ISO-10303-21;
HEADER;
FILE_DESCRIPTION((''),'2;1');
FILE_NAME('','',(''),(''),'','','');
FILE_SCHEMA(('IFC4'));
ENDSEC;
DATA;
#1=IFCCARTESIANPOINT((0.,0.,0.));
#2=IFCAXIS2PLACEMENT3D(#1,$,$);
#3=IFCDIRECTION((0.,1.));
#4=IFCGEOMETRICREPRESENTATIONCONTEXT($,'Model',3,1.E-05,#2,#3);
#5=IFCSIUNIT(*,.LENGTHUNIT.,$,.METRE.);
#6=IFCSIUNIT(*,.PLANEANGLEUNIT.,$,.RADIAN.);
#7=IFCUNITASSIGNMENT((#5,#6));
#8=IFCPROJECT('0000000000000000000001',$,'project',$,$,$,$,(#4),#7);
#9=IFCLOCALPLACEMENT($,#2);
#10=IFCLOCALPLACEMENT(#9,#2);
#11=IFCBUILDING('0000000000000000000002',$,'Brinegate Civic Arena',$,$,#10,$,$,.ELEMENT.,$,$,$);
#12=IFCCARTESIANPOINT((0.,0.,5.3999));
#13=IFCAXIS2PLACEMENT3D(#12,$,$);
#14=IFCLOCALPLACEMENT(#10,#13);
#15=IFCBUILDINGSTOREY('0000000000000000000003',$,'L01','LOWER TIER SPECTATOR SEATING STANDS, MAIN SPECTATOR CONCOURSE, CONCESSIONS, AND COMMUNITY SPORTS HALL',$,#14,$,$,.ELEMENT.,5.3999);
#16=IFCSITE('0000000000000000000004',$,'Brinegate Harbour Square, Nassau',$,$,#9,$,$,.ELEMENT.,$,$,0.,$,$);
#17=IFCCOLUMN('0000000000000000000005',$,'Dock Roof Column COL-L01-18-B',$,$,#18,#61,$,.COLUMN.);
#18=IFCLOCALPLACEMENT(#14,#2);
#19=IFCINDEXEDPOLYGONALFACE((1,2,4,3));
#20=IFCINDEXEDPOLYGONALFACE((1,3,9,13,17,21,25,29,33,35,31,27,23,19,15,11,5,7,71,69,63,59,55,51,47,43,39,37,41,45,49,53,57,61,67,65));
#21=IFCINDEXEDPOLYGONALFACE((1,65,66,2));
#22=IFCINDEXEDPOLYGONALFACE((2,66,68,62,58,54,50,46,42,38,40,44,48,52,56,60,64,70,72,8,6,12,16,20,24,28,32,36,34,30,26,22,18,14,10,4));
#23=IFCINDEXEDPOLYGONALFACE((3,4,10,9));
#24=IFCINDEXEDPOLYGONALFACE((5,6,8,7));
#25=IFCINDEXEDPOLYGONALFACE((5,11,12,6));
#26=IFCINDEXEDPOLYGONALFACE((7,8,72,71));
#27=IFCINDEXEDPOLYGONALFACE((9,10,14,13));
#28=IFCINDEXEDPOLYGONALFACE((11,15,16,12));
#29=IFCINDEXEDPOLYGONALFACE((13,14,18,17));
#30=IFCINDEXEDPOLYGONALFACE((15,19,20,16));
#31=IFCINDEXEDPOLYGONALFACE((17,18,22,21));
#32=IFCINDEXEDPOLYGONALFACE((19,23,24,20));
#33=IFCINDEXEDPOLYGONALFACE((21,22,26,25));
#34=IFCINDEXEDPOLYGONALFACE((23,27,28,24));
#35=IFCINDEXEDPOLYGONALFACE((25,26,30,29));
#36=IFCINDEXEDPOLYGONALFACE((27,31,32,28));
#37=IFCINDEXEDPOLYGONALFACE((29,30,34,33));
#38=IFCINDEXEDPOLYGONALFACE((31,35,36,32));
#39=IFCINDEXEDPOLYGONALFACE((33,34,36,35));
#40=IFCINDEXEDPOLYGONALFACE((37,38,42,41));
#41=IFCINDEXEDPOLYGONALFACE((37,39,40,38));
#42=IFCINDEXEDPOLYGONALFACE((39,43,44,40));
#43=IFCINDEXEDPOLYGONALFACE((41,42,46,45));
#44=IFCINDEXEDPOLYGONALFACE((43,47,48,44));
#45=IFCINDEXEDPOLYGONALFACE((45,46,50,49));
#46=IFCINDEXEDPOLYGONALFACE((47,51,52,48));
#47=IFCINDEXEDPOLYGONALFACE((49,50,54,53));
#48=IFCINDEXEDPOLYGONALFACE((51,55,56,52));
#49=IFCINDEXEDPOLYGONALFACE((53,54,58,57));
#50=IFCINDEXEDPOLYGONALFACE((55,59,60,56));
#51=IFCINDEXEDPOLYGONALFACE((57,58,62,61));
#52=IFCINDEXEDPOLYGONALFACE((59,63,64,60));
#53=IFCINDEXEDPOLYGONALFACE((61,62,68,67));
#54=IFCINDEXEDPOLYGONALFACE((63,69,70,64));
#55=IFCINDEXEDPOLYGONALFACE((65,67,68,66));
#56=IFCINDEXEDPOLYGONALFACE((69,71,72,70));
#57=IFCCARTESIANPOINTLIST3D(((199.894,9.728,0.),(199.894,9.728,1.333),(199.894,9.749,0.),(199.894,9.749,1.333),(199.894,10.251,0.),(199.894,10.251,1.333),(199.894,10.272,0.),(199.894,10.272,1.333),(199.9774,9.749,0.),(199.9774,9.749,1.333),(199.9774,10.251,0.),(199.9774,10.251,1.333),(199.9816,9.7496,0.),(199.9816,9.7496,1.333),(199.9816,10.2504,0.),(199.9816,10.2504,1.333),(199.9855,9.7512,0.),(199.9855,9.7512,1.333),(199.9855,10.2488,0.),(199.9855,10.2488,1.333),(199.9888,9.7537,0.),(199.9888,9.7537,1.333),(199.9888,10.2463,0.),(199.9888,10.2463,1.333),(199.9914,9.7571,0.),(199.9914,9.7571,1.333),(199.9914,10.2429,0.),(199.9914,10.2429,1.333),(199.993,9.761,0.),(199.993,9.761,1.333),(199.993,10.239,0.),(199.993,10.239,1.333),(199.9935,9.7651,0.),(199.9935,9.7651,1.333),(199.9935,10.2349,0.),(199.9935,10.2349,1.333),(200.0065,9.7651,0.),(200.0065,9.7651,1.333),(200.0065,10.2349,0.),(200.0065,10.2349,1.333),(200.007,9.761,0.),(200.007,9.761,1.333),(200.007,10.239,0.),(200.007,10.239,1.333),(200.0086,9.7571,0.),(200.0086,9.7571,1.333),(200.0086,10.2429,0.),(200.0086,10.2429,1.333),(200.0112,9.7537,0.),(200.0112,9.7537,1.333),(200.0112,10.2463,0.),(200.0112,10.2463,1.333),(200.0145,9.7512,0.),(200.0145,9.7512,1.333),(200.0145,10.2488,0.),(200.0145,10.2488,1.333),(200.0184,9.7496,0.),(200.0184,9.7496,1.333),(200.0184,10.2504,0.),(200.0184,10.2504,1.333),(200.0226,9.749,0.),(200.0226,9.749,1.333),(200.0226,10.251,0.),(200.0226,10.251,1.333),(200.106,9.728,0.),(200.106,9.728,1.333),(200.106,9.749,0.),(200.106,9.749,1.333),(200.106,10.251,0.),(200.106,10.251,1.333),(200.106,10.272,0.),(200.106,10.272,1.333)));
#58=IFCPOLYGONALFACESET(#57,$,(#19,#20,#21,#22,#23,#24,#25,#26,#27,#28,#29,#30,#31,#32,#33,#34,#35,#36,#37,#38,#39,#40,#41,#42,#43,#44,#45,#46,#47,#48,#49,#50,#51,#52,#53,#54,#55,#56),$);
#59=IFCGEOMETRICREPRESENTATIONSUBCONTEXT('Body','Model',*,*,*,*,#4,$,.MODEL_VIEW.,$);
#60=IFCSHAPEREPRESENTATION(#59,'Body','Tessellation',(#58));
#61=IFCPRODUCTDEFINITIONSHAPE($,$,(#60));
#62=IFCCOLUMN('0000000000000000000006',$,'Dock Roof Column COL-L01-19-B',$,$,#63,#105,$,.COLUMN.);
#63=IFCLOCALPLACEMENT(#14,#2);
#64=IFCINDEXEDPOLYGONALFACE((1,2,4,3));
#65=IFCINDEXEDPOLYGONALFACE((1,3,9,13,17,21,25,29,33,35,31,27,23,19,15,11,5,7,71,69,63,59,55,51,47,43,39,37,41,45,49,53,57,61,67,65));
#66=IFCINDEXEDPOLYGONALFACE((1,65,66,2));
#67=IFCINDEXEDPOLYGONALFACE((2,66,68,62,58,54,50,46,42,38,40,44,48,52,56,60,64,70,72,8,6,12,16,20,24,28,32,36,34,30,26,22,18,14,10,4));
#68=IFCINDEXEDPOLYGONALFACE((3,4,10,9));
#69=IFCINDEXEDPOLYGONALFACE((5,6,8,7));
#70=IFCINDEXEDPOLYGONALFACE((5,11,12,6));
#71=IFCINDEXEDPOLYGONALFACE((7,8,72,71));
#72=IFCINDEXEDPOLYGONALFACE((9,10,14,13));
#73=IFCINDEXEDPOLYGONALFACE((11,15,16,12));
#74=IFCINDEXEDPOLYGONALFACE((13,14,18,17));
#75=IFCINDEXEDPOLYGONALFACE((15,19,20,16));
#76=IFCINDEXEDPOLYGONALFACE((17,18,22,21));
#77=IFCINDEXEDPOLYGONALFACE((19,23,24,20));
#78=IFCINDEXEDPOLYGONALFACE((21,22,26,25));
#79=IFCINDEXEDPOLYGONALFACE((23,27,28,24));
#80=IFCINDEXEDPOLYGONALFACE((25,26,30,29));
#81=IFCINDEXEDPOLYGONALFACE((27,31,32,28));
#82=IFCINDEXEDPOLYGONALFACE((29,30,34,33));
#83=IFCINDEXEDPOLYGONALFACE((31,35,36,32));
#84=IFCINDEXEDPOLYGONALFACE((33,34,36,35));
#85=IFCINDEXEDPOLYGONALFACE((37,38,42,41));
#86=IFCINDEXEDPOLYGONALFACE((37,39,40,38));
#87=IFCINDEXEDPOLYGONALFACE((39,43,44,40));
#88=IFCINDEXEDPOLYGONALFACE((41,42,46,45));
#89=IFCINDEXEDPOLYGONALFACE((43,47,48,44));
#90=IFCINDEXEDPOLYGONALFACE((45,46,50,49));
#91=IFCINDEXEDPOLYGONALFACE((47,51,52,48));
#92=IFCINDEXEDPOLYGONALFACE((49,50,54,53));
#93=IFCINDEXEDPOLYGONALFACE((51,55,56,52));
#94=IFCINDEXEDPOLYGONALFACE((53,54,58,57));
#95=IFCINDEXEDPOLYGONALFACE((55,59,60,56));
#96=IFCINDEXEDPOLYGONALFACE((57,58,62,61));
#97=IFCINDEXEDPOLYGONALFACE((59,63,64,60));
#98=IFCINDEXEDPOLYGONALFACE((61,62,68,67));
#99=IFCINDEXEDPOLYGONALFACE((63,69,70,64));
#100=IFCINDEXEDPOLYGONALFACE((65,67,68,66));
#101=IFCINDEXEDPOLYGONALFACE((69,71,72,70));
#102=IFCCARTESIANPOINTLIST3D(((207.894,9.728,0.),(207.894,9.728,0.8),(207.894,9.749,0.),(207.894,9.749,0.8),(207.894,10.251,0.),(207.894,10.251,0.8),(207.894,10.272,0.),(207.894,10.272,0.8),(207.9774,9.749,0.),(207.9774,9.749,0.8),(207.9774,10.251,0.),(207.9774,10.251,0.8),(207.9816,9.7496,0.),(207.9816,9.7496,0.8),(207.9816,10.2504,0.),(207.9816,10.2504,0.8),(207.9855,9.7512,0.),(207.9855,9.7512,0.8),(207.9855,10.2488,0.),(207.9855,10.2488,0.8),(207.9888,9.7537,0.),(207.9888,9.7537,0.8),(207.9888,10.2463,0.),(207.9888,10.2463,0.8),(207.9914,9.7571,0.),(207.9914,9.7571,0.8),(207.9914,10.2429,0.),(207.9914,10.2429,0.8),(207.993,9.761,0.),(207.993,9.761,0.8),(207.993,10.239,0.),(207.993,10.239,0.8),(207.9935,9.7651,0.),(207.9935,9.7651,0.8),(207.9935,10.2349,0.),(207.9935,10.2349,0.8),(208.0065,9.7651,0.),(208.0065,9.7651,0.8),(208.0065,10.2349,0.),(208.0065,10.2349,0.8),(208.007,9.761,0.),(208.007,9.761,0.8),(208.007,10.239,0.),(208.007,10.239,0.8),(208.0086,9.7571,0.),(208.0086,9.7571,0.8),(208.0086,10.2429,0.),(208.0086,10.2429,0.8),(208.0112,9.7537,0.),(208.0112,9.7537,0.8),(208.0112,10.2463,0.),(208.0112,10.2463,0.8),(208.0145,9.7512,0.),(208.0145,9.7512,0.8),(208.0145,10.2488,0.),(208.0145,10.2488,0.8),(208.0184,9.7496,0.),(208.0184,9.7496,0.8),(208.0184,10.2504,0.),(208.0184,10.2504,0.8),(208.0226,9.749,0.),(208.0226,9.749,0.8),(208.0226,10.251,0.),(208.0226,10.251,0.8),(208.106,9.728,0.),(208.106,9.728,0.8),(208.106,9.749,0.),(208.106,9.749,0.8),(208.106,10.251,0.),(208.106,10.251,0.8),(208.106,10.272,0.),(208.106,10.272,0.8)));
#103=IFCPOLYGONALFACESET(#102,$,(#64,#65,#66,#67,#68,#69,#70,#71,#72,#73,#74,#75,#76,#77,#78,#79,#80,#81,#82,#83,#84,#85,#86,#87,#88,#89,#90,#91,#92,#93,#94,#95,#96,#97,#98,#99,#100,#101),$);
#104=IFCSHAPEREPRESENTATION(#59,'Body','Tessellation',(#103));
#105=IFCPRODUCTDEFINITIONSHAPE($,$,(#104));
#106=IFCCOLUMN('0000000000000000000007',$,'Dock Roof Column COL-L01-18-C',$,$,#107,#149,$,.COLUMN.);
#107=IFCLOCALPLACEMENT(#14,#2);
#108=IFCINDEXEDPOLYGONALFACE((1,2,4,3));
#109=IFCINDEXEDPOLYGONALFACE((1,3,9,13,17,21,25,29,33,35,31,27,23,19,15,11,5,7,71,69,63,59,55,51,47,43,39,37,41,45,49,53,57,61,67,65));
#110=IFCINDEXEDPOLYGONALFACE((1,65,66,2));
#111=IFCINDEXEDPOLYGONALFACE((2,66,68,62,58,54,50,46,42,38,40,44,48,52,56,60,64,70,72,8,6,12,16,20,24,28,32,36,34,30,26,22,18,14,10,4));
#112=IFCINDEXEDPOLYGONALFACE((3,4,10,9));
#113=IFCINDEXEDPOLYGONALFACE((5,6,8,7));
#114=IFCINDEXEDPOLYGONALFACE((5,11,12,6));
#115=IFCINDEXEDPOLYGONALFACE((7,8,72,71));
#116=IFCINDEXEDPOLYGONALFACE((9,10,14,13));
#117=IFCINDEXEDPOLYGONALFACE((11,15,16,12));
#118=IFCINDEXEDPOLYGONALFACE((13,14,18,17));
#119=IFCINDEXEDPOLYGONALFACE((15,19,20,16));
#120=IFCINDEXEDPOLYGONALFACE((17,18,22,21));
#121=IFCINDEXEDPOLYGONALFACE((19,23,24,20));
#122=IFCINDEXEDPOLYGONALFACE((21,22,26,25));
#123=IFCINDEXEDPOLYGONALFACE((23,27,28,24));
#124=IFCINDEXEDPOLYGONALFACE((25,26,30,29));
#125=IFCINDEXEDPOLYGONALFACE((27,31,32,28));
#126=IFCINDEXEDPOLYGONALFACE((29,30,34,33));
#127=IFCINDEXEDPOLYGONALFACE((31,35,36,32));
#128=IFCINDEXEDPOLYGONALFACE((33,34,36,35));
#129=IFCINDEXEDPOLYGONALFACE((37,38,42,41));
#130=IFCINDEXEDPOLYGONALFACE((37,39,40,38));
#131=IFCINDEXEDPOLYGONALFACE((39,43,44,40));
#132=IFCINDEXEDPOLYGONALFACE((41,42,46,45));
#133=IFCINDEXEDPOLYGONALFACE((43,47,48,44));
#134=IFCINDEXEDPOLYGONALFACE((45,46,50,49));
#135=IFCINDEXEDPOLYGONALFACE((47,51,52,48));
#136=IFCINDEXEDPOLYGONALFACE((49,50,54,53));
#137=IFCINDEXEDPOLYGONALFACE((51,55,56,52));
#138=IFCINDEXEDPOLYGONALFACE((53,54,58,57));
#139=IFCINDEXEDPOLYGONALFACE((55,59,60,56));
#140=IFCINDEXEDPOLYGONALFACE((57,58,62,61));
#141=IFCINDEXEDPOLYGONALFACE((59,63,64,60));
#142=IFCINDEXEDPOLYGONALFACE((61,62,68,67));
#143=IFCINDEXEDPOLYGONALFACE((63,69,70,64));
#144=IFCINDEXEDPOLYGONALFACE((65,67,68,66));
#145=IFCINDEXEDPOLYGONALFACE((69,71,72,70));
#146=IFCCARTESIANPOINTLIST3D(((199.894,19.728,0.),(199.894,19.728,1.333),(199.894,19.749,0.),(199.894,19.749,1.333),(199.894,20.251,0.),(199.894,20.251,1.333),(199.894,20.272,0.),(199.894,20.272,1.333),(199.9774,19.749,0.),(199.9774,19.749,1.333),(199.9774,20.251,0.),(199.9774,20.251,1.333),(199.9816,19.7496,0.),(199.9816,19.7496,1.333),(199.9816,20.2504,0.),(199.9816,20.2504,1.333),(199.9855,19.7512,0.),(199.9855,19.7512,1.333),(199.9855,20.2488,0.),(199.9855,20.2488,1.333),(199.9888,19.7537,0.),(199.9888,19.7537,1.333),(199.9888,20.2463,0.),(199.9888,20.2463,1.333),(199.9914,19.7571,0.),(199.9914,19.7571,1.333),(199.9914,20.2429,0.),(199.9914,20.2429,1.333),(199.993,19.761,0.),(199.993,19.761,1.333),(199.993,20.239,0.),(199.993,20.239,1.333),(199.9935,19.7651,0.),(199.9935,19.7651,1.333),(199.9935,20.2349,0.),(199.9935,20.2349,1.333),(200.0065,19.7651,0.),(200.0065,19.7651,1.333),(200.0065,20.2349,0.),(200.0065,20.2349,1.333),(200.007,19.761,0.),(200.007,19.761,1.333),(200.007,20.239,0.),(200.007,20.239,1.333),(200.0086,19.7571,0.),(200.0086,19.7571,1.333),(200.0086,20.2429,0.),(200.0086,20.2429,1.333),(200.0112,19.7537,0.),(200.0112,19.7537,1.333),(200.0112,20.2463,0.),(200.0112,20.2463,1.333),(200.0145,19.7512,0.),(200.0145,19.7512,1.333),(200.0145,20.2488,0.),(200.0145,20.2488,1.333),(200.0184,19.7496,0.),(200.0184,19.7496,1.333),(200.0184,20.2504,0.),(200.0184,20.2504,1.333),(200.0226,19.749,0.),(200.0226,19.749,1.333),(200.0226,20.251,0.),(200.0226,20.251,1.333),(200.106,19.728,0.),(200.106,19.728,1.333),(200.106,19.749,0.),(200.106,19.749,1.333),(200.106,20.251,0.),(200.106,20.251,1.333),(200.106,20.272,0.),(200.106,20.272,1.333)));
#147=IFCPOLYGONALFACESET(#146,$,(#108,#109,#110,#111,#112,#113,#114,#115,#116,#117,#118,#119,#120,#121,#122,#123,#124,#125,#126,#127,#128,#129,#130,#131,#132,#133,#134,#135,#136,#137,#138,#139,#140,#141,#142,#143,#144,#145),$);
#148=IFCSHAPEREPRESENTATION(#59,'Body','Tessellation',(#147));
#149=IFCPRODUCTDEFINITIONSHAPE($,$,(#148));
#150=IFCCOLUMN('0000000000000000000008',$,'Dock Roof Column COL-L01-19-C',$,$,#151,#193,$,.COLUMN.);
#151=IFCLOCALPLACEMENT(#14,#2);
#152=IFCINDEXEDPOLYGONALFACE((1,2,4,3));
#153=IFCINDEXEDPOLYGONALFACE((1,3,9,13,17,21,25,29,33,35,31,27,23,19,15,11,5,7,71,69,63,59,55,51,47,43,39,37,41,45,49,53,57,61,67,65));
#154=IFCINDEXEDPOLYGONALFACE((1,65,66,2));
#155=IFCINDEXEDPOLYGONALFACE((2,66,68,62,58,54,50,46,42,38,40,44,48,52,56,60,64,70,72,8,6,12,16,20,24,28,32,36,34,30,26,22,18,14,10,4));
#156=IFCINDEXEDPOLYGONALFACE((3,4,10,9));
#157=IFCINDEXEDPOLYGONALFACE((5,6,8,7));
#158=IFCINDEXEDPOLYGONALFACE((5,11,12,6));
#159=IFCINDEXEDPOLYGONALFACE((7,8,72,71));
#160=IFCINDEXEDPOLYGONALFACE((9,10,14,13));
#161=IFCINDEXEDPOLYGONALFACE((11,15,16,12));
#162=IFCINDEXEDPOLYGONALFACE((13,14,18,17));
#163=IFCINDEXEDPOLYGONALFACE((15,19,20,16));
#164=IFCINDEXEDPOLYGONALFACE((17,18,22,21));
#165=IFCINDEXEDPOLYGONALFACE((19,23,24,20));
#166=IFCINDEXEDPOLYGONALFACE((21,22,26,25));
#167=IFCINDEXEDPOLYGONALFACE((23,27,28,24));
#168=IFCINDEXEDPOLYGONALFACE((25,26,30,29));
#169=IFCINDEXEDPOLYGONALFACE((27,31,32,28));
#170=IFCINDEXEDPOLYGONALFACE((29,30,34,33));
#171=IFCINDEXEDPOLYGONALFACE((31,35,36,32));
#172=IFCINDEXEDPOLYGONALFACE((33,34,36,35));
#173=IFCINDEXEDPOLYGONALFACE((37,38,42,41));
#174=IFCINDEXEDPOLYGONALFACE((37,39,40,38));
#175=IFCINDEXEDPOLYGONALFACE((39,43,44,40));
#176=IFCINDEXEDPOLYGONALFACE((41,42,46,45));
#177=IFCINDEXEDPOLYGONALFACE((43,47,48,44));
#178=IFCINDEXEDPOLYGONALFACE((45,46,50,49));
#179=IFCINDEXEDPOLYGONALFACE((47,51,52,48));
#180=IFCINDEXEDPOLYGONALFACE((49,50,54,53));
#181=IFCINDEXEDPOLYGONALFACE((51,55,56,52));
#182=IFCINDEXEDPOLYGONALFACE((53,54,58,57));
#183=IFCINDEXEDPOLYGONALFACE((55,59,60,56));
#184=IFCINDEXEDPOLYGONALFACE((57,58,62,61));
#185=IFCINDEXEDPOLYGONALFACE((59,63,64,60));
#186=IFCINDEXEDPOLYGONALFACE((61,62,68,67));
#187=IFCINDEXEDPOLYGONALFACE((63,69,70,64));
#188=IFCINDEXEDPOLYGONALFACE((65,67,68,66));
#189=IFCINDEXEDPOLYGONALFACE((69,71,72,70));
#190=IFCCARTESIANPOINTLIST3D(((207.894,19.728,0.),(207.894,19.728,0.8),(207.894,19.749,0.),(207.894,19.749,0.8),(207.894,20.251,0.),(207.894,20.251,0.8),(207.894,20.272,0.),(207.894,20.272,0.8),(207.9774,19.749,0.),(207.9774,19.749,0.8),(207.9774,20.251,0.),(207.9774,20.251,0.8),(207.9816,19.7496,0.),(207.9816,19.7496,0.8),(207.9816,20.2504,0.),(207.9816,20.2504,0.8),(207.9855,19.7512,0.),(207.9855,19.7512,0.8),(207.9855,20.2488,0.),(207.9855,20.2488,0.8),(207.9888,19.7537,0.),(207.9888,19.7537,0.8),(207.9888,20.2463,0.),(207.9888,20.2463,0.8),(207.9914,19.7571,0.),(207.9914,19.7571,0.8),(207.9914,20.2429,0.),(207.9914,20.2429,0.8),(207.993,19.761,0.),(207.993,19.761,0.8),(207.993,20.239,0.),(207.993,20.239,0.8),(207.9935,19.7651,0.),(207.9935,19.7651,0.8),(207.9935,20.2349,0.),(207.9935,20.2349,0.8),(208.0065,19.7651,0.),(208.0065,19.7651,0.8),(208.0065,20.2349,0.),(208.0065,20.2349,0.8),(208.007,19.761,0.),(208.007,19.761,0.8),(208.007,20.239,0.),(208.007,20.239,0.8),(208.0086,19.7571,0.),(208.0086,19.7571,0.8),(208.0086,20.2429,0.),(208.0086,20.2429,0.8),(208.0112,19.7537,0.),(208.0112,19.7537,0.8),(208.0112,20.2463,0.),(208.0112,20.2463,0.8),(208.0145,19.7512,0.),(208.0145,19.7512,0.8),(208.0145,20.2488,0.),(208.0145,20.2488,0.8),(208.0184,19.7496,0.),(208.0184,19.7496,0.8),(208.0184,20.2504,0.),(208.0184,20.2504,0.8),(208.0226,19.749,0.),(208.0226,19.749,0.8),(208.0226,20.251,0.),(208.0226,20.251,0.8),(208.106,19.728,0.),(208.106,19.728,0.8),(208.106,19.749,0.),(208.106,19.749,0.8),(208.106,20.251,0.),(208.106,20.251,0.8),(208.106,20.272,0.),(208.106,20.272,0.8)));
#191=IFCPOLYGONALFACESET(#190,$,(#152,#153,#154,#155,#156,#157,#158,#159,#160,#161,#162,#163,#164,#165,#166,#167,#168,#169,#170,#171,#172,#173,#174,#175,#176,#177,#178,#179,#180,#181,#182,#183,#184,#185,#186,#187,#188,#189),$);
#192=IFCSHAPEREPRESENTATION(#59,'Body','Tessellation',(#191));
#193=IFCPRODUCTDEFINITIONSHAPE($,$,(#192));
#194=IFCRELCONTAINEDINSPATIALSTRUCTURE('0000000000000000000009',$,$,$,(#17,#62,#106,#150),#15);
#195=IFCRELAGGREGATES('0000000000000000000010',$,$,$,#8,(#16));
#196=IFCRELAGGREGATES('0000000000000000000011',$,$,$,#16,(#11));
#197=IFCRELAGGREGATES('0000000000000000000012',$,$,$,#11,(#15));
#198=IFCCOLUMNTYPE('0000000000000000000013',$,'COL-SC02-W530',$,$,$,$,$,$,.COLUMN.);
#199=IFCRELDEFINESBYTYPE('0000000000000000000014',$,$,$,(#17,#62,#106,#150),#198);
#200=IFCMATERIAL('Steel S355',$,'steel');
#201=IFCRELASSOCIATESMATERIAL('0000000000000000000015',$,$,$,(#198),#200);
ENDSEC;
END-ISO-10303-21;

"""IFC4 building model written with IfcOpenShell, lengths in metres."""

from ifc_helpers import new_model, si_unit, direction, frame, origin, origin_2d, place, context, subcontext, project, spatial, i_section, extrude, material, material_profile, profile_set, type_object, element, save


model = new_model("IFC4")

# Units and contexts
model_context = context("Model", 3, precision=1e-05, world=origin(), true_north=direction((0.0, 1.0)))
body_context = subcontext(model_context, "Body", "Model", "MODEL_VIEW")
ifc_project = project(units=[si_unit("LENGTHUNIT", "METRE"), si_unit("PLANEANGLEUNIT", "RADIAN")], contexts=[model_context])

# Site, building, storey
site_placement = place(None, origin())
site = spatial("IfcSite", under=ifc_project, at=site_placement, Name="Brinegate Harbour Square, Nassau", CompositionType="ELEMENT", RefElevation=0.0)
building_placement = place(site_placement, origin())
building = spatial("IfcBuilding", under=site, at=building_placement, Name="Brinegate Civic Arena", CompositionType="ELEMENT")
storey_placement = place(building_placement, frame((0.0, 0.0, 5.3999)))
storey = spatial("IfcBuildingStorey", under=building, at=storey_placement, Name="L01", Description="LOWER TIER SPECTATOR SEATING STANDS, MAIN SPECTATOR CONCOURSE, CONCESSIONS, AND COMMUNITY SPORTS HALL", CompositionType="ELEMENT", Elevation=5.3999)

# Columns
ifc_material_1 = material(Name="Steel S355", Category="steel")
ifc_material_profile_1 = material_profile(ifc_material_1, i_section(OverallWidth=0.2119, OverallDepth=0.5439, WebThickness=0.0129, FlangeThickness=0.021, FilletRadius=0.0161, at=origin_2d()), Name="W530X123")
ifc_profile_set_1 = profile_set([ifc_material_profile_1], Name="Steel S355")
column_type = type_object("IfcColumnType", Name="COL-SC02-W530", PredefinedType="COLUMN", material=ifc_profile_set_1)
column_1_placement = place(storey_placement, frame((200.0, 10.0, 0.0), z_axis=(0.0, 0.0, 1.0), x_axis=(1.0, 0.0, 0.0)))
element("IfcColumn", 1, at=column_1_placement, inside=storey, type_object=column_type, Name="Dock Roof Column COL-L01-18-B", PredefinedType="COLUMN", context=body_context, shape_type="SweptSolid", body=[
    extrude(i_section(OverallWidth=0.2119, OverallDepth=0.5439, WebThickness=0.0129, FlangeThickness=0.021, FilletRadius=0.0161, at=origin_2d()), origin(), (0.0, 0.0, 1.0), 1.333),
])
column_2_placement = place(storey_placement, frame((208.0, 10.0, 0.0), z_axis=(0.0, 0.0, 1.0), x_axis=(1.0, 0.0, 0.0)))
element("IfcColumn", 2, at=column_2_placement, inside=storey, type_object=column_type, Name="Dock Roof Column COL-L01-19-B", PredefinedType="COLUMN", context=body_context, shape_type="SweptSolid", body=[
    extrude(i_section(OverallWidth=0.2119, OverallDepth=0.5439, WebThickness=0.0129, FlangeThickness=0.021, FilletRadius=0.0161, at=origin_2d()), origin(), (0.0, 0.0, 1.0), 0.8),
])
column_3_placement = place(storey_placement, frame((200.0, 20.0, 0.0), z_axis=(0.0, 0.0, 1.0), x_axis=(1.0, 0.0, 0.0)))
element("IfcColumn", 3, at=column_3_placement, inside=storey, type_object=column_type, Name="Dock Roof Column COL-L01-18-C", PredefinedType="COLUMN", context=body_context, shape_type="SweptSolid", body=[
    extrude(i_section(OverallWidth=0.2119, OverallDepth=0.5439, WebThickness=0.0129, FlangeThickness=0.021, FilletRadius=0.0161, at=origin_2d()), origin(), (0.0, 0.0, 1.0), 1.333),
])
column_4_placement = place(storey_placement, frame((208.0, 20.0, 0.0), z_axis=(0.0, 0.0, 1.0), x_axis=(1.0, 0.0, 0.0)))
element("IfcColumn", 4, at=column_4_placement, inside=storey, type_object=column_type, Name="Dock Roof Column COL-L01-19-C", PredefinedType="COLUMN", context=body_context, shape_type="SweptSolid", body=[
    extrude(i_section(OverallWidth=0.2119, OverallDepth=0.5439, WebThickness=0.0129, FlangeThickness=0.021, FilletRadius=0.0161, at=origin_2d()), origin(), (0.0, 0.0, 1.0), 0.8),
])

save(model, "model.ifc")
